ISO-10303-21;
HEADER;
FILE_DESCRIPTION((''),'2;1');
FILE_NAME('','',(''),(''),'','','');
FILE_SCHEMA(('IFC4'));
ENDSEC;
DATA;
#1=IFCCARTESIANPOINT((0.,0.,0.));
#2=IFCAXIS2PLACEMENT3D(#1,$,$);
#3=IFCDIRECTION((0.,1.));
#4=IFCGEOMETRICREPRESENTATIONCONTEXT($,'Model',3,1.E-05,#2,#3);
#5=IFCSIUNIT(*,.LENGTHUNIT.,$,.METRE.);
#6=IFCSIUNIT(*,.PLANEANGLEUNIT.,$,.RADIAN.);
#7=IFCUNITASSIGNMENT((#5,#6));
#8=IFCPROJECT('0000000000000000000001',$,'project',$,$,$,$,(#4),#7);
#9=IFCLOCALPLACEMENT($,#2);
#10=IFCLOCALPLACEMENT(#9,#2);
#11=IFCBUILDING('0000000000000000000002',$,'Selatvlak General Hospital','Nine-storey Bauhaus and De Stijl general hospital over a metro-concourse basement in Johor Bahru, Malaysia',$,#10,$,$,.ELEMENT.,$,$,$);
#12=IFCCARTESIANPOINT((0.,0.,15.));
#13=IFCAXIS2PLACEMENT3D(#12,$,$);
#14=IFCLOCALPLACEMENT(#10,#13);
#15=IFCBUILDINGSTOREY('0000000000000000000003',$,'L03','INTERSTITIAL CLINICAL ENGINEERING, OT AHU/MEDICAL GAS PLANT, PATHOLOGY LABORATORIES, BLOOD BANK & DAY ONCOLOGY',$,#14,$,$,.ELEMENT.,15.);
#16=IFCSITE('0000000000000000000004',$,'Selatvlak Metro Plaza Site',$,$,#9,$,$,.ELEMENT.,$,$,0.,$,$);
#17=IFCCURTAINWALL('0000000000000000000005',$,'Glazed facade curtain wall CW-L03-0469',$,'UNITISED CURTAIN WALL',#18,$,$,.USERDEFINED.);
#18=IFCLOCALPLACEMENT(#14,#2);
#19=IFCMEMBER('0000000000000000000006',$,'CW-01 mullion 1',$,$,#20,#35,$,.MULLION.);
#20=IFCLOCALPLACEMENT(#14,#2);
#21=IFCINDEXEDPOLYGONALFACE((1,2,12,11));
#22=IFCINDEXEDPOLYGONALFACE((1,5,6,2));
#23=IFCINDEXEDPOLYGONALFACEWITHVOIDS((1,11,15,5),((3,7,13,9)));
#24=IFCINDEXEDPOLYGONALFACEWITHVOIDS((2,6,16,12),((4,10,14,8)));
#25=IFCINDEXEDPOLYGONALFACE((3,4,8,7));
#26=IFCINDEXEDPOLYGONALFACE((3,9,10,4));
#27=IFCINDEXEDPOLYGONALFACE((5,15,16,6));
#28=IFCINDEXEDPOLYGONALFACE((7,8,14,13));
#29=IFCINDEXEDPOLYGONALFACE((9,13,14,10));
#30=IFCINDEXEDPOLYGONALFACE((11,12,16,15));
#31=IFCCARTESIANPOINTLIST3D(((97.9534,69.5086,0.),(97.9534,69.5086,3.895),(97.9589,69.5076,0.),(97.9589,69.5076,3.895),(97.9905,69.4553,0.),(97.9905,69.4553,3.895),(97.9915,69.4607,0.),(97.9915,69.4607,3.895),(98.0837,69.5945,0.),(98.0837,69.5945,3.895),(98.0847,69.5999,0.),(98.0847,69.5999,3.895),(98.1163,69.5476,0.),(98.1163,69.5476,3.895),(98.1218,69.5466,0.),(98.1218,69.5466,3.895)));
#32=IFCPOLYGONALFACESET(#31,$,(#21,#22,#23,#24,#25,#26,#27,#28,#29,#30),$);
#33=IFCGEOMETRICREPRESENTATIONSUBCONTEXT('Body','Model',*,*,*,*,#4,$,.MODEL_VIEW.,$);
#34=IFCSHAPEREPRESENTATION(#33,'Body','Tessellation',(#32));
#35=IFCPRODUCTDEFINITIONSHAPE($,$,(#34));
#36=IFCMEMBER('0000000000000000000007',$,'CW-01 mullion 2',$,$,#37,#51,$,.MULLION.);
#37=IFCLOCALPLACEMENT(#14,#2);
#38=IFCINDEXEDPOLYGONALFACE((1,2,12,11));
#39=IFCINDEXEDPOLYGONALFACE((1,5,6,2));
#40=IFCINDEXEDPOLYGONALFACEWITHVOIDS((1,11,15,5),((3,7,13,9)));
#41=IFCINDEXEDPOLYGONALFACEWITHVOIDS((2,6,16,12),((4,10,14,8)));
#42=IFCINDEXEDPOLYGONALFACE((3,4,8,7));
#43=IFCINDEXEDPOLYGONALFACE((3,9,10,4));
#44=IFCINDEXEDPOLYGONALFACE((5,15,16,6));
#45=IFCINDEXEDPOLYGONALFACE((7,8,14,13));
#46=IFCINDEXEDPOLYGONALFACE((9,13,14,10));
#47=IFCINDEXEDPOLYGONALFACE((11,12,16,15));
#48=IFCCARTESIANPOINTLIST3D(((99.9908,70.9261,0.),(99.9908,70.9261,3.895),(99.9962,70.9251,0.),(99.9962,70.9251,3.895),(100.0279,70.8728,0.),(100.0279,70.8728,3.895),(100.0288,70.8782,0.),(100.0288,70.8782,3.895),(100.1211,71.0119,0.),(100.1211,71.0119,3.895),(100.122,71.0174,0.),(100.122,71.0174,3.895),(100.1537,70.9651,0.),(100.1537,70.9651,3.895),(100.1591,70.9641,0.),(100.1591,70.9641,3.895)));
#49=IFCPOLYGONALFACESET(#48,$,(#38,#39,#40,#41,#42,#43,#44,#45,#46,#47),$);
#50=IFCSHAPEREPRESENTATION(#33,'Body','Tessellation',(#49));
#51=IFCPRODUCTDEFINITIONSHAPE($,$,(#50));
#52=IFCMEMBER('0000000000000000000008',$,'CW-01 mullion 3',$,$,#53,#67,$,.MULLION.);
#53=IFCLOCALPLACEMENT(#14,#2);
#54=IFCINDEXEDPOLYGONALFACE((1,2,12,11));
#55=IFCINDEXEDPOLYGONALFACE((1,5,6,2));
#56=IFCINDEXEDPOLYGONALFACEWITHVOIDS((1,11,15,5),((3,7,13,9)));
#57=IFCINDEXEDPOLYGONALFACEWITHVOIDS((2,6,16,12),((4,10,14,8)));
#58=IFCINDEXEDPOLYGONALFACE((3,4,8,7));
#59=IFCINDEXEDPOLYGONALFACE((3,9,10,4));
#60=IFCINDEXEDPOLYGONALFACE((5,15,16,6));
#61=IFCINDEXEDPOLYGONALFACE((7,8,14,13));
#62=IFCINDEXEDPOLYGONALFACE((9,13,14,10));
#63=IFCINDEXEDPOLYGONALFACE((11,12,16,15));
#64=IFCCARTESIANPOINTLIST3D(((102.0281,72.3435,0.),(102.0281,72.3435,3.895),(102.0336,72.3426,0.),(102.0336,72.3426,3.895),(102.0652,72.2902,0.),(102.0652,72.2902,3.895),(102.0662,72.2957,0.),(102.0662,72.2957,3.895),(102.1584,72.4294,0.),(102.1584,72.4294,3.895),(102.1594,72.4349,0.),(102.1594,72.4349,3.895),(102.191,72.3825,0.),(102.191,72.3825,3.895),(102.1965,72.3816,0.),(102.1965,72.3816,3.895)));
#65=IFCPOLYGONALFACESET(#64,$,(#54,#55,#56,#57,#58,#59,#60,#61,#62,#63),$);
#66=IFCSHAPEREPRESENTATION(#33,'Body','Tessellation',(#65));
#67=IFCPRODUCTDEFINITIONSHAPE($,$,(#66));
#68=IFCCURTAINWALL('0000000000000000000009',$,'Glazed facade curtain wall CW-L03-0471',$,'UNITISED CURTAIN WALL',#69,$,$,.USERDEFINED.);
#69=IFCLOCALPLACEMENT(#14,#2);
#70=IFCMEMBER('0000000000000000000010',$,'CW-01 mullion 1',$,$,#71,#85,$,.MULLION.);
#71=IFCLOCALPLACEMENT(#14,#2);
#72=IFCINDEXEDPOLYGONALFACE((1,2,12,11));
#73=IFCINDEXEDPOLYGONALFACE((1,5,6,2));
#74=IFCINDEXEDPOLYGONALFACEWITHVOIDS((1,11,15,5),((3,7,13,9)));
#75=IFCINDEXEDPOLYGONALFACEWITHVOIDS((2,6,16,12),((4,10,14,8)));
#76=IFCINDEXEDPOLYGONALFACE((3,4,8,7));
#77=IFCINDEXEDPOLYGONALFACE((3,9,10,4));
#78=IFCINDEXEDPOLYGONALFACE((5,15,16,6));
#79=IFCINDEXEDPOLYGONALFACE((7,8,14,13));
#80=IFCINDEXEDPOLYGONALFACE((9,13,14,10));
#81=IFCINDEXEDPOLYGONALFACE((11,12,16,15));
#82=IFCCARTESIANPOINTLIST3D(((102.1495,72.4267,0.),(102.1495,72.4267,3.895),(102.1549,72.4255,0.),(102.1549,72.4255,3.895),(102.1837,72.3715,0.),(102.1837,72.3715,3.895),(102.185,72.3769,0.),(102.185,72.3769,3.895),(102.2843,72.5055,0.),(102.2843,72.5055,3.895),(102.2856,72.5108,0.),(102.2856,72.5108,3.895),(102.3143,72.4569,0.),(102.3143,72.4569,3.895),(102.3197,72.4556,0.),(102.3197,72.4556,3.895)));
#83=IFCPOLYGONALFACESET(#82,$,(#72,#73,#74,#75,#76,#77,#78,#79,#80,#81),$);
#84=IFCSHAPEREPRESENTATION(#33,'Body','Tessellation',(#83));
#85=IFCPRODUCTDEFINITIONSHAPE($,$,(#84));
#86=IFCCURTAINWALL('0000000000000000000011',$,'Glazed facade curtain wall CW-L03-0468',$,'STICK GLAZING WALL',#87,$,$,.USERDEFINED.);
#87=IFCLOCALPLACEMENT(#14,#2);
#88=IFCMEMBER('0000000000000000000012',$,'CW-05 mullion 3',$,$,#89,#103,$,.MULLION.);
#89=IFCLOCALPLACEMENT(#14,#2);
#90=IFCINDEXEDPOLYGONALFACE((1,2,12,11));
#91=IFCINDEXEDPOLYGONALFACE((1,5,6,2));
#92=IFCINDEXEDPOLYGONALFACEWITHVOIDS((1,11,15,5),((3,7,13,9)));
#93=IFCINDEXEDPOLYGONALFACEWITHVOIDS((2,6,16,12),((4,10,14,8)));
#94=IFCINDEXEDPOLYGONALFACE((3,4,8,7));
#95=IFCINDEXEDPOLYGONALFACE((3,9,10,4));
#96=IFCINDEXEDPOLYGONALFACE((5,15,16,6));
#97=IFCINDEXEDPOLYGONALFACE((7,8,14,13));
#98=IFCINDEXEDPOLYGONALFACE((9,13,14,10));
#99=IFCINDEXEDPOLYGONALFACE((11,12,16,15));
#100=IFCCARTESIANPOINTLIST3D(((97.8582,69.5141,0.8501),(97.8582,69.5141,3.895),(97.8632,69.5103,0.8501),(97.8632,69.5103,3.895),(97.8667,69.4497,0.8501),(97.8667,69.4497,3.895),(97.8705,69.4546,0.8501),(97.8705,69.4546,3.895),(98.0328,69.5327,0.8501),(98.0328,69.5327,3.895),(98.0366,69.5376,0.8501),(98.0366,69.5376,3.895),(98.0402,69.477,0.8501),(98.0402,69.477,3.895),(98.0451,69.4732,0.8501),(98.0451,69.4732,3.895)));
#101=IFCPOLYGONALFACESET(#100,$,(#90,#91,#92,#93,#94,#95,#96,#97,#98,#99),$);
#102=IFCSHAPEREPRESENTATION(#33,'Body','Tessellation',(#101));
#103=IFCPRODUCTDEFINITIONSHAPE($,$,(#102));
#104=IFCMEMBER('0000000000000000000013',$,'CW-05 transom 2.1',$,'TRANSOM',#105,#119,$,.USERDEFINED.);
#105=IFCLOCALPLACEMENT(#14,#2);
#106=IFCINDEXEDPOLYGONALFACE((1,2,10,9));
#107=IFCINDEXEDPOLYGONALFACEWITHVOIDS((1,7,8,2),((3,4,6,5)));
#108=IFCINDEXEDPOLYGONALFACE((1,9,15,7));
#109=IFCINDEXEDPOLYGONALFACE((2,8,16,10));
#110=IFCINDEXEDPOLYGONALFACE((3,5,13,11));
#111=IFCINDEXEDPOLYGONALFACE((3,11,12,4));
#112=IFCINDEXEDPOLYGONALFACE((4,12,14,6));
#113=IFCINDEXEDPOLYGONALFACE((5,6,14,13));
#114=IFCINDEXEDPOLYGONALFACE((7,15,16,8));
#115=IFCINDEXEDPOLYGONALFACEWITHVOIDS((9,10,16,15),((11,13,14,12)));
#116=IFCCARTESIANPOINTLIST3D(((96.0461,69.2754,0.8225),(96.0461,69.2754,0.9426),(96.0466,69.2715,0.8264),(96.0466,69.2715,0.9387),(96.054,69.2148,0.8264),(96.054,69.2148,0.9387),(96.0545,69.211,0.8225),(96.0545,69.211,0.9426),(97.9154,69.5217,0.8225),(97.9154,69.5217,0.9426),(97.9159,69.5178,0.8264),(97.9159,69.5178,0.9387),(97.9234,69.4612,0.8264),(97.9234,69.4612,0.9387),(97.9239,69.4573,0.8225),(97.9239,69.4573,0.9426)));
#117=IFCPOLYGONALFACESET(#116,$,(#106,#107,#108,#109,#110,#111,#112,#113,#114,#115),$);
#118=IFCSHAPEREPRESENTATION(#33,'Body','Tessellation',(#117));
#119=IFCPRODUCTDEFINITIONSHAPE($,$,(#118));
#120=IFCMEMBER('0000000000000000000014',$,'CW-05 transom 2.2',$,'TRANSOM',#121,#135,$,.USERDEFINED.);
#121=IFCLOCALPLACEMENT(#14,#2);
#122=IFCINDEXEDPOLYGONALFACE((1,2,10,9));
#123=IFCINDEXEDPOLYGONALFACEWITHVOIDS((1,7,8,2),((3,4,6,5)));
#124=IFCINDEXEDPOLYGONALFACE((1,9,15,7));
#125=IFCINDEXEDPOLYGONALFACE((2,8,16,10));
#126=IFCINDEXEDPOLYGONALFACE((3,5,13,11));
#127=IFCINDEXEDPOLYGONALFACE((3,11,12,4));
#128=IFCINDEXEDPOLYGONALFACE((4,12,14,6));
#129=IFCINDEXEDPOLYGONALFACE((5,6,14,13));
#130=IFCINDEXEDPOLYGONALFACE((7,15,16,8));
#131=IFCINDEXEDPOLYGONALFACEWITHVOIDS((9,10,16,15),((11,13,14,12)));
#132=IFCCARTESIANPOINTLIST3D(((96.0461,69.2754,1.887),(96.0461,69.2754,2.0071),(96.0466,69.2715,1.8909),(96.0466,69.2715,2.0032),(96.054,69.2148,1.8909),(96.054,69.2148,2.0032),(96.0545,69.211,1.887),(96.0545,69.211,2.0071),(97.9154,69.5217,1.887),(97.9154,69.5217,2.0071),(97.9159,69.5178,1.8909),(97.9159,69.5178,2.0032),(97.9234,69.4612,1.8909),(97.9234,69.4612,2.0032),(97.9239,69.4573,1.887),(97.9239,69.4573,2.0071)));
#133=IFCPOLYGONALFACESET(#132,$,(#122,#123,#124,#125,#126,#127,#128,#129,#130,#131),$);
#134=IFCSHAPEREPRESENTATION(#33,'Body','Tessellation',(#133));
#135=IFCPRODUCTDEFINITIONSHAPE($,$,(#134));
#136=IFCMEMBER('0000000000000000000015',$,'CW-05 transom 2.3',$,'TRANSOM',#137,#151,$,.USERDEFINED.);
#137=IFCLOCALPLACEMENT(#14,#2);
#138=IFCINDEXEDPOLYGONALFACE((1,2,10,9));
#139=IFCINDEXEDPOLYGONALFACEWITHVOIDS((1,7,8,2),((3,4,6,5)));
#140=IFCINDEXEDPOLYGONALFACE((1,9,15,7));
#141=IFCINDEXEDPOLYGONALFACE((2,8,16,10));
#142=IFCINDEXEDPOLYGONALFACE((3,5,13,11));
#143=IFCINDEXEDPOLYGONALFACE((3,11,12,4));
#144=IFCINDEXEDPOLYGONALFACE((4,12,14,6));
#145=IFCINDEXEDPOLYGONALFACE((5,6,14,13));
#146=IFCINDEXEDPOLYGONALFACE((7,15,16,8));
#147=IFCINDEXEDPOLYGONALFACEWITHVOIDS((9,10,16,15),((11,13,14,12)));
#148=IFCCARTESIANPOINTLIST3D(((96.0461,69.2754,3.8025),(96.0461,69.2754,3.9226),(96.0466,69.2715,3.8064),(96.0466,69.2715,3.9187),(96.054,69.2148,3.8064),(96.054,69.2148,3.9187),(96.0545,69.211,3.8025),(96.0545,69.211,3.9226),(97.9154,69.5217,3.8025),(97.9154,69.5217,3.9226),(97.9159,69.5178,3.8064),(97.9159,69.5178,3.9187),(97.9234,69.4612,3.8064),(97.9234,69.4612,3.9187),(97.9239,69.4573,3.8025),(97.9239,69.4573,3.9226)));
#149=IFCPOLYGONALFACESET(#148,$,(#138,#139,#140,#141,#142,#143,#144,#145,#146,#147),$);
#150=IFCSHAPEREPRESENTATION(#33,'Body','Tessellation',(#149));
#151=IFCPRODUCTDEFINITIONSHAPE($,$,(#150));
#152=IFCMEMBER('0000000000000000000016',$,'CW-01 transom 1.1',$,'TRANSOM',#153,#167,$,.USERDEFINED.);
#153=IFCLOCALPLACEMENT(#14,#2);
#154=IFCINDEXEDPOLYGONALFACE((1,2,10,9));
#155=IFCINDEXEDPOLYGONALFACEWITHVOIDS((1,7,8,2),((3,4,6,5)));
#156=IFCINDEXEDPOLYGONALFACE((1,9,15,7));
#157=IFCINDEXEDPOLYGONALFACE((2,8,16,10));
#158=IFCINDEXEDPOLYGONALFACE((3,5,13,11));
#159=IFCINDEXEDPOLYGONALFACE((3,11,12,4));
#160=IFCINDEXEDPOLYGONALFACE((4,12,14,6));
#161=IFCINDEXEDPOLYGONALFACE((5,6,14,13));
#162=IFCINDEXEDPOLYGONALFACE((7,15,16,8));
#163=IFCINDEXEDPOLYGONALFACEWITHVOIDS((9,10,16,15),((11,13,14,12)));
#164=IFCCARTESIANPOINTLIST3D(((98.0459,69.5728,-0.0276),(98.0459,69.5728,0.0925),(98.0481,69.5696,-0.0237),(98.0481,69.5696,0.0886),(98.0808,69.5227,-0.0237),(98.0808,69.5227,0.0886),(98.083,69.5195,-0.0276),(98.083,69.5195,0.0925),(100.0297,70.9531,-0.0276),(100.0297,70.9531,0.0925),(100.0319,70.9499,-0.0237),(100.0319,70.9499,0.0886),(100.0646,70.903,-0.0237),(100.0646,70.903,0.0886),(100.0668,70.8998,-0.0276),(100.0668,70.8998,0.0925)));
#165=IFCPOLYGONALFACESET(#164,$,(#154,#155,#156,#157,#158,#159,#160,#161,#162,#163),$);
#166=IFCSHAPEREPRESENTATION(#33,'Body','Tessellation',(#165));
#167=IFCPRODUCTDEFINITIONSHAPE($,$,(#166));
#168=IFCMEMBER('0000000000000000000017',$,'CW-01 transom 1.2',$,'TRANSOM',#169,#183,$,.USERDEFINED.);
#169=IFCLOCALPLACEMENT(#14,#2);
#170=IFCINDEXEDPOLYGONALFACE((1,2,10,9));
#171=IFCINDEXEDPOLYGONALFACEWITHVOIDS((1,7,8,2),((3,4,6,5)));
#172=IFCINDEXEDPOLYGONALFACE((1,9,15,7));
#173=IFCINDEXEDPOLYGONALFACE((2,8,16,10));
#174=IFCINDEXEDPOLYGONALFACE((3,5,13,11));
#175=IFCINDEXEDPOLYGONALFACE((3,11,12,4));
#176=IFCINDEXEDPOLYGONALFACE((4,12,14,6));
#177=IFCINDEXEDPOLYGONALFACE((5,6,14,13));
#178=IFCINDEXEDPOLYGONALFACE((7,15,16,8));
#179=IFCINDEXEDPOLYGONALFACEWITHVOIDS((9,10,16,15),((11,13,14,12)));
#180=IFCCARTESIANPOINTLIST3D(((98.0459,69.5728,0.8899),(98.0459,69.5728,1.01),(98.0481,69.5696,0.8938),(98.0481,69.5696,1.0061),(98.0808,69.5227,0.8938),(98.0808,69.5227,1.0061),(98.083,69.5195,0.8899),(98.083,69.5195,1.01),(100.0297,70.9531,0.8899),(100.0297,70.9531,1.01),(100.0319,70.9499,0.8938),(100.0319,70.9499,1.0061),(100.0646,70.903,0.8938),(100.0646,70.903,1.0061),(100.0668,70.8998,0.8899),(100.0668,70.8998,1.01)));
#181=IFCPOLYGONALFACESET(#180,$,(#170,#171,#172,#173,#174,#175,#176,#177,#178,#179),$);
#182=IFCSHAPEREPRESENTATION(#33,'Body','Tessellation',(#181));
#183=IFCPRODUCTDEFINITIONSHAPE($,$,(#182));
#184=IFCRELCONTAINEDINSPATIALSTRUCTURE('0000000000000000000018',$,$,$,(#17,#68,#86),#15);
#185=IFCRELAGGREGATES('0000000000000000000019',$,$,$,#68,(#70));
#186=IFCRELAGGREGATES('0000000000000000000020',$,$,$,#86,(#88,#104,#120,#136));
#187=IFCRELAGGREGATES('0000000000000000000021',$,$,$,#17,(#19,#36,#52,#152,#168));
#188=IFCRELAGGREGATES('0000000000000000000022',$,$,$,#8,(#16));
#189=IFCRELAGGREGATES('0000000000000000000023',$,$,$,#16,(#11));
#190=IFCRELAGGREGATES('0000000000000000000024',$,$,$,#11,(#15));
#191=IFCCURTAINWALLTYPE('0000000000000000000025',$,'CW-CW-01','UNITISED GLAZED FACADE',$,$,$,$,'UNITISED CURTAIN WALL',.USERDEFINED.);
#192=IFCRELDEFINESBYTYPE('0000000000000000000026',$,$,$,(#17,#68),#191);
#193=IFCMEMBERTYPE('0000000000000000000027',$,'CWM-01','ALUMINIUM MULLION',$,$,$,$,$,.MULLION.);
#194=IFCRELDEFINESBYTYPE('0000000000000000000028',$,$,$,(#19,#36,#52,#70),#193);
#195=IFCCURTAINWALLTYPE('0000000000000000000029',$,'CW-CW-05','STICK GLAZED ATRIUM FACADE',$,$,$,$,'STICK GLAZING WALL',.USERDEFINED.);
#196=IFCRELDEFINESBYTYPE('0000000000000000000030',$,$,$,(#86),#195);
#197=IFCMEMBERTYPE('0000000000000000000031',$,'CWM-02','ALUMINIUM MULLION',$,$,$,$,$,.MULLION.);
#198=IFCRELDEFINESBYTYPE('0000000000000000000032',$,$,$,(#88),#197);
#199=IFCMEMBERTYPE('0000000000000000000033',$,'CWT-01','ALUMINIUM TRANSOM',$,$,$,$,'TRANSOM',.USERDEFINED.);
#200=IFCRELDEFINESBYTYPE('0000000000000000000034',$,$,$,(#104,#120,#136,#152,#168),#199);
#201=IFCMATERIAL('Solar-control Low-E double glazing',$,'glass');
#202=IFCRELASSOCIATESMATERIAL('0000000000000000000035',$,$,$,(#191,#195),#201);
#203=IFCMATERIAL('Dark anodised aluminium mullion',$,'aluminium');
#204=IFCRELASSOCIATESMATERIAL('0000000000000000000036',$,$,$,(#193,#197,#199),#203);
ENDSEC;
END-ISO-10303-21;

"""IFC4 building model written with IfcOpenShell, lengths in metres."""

from ifc_helpers import new_model, si_unit, direction, frame, origin, origin_2d, place, context, subcontext, project, spatial, hollow_rectangle, extrude, material, material_profile, profile_set, type_object, element, aggregate, save


model = new_model("IFC4")

# Units and contexts
model_context = context("Model", 3, precision=1e-05, world=origin(), true_north=direction((0.0, 1.0)))
body_context = subcontext(model_context, "Body", "Model", "MODEL_VIEW")
ifc_project = project(units=[si_unit("LENGTHUNIT", "METRE"), si_unit("PLANEANGLEUNIT", "RADIAN")], contexts=[model_context])

# Site, building, storey
site_placement = place(None, origin())
site = spatial("IfcSite", under=ifc_project, at=site_placement, Name="Selatvlak Metro Plaza Site", CompositionType="ELEMENT", RefElevation=0.0)
building_placement = place(site_placement, origin())
building = spatial("IfcBuilding", under=site, at=building_placement, Name="Selatvlak General Hospital", Description="Nine-storey Bauhaus and De Stijl general hospital over a metro-concourse basement in Johor Bahru, Malaysia", CompositionType="ELEMENT")
storey_placement = place(building_placement, frame((0.0, 0.0, 15.0)))
storey = spatial("IfcBuildingStorey", under=building, at=storey_placement, Name="L03", Description="INTERSTITIAL CLINICAL ENGINEERING, OT AHU/MEDICAL GAS PLANT, PATHOLOGY LABORATORIES, BLOOD BANK & DAY ONCOLOGY", CompositionType="ELEMENT", Elevation=15.0)

# Curtain wall, members
ifc_material_1 = material(Name="Solar-control Low-E double glazing", Category="glass")
curtain_wall_type_1 = type_object("IfcCurtainWallType", Name="CW-CW-01", Description="UNITISED GLAZED FACADE", ElementType="UNITISED CURTAIN WALL", PredefinedType="USERDEFINED", material=ifc_material_1)
curtain_wall_1_placement = place(storey_placement, origin())
curtain_wall_1 = element("IfcCurtainWall", 1, at=curtain_wall_1_placement, inside=storey, type_object=curtain_wall_type_1, Name="Glazed facade curtain wall CW-L03-0469", ObjectType="UNITISED CURTAIN WALL", PredefinedType="USERDEFINED")
ifc_material_2 = material(Name="Dark anodised aluminium mullion", Category="aluminium")
ifc_material_profile_1 = material_profile(ifc_material_2, hollow_rectangle(XDim=0.0649, YDim=0.1599, WallThickness=0.0039, at=origin_2d()), Name="AL-MUL 65x160x4")
ifc_profile_set_1 = profile_set([ifc_material_profile_1], Name="Dark anodised aluminium mullion")
member_type_1 = type_object("IfcMemberType", Name="CWM-01", Description="ALUMINIUM MULLION", PredefinedType="MULLION", material=ifc_profile_set_1)
member_1_placement = place(storey_placement, frame((98.0376, 69.5276, 0.0), z_axis=(0.0, 0.0, 1.0), x_axis=(-0.571111, 0.820873, 0.0)))
member_1 = element("IfcMember", 2, at=member_1_placement, type_object=member_type_1, Name="CW-01 mullion 1", PredefinedType="MULLION", context=body_context, shape_type="SweptSolid", body=[
    extrude(hollow_rectangle(XDim=0.0649, YDim=0.1599, WallThickness=0.0039, at=origin_2d()), origin(), (0.0, 0.0, 1.0), 3.895),
])
member_2_placement = place(storey_placement, frame((100.075, 70.9451, 0.0), z_axis=(0.0, 0.0, 1.0), x_axis=(-0.571111, 0.820873, 0.0)))
member_2 = element("IfcMember", 3, at=member_2_placement, type_object=member_type_1, Name="CW-01 mullion 2", PredefinedType="MULLION", context=body_context, shape_type="SweptSolid", body=[
    extrude(hollow_rectangle(XDim=0.0649, YDim=0.1599, WallThickness=0.0039, at=origin_2d()), origin(), (0.0, 0.0, 1.0), 3.895),
])
member_3_placement = place(storey_placement, frame((102.1123, 72.3625, 0.0), z_axis=(0.0, 0.0, 1.0), x_axis=(-0.571111, 0.820873, 0.0)))
member_3 = element("IfcMember", 4, at=member_3_placement, type_object=member_type_1, Name="CW-01 mullion 3", PredefinedType="MULLION", context=body_context, shape_type="SweptSolid", body=[
    extrude(hollow_rectangle(XDim=0.0649, YDim=0.1599, WallThickness=0.0039, at=origin_2d()), origin(), (0.0, 0.0, 1.0), 3.895),
])

# Curtain wall, member
curtain_wall_2_placement = place(storey_placement, origin())
curtain_wall_2 = element("IfcCurtainWall", 5, at=curtain_wall_2_placement, inside=storey, type_object=curtain_wall_type_1, Name="Glazed facade curtain wall CW-L03-0471", ObjectType="UNITISED CURTAIN WALL", PredefinedType="USERDEFINED")
member_4_placement = place(storey_placement, frame((102.2346, 72.4412, 0.0), z_axis=(0.0, 0.0, 1.0), x_axis=(-0.525872, 0.850564, 0.0)))
member_4 = element("IfcMember", 6, at=member_4_placement, type_object=member_type_1, Name="CW-01 mullion 1", PredefinedType="MULLION", context=body_context, shape_type="SweptSolid", body=[
    extrude(hollow_rectangle(XDim=0.0649, YDim=0.1599, WallThickness=0.0039, at=origin_2d()), origin(), (0.0, 0.0, 1.0), 3.895),
])

# Curtain wall, members
curtain_wall_type_2 = type_object("IfcCurtainWallType", Name="CW-CW-05", Description="STICK GLAZED ATRIUM FACADE", ElementType="STICK GLAZING WALL", PredefinedType="USERDEFINED", material=ifc_material_1)
curtain_wall_3_placement = place(storey_placement, origin())
curtain_wall_3 = element("IfcCurtainWall", 7, at=curtain_wall_3_placement, inside=storey, type_object=curtain_wall_type_2, Name="Glazed facade curtain wall CW-L03-0468", ObjectType="STICK GLAZING WALL", PredefinedType="USERDEFINED")
ifc_material_profile_2 = material_profile(ifc_material_2, hollow_rectangle(XDim=0.0649, YDim=0.1799, WallThickness=0.0044, at=origin_2d()), Name="AL-MUL 65x180x4.5")
ifc_profile_set_2 = profile_set([ifc_material_profile_2], Name="Dark anodised aluminium mullion")
member_type_2 = type_object("IfcMemberType", Name="CWM-02", Description="ALUMINIUM MULLION", PredefinedType="MULLION", material=ifc_profile_set_2)
member_5_placement = place(storey_placement, frame((97.9517, 69.4937, 0.8501), z_axis=(0.0, 0.0, 1.0), x_axis=(-0.130611, 0.991434, 0.0)))
member_5 = element("IfcMember", 8, at=member_5_placement, type_object=member_type_2, Name="CW-05 mullion 3", PredefinedType="MULLION", context=body_context, shape_type="SweptSolid", body=[
    extrude(hollow_rectangle(XDim=0.0649, YDim=0.1799, WallThickness=0.0044, at=origin_2d()), origin(), (0.0, 0.0, 1.0), 3.0449),
])
ifc_material_profile_3 = material_profile(ifc_material_2, hollow_rectangle(XDim=0.0649, YDim=0.1201, WallThickness=0.0039, at=origin_2d()), Name="AL-TRN 65x120x4")
ifc_profile_set_3 = profile_set([ifc_material_profile_3], Name="Dark anodised aluminium mullion")
member_type_3 = type_object("IfcMemberType", Name="CWT-01", Description="ALUMINIUM TRANSOM", ElementType="TRANSOM", PredefinedType="USERDEFINED", material=ifc_profile_set_3)
member_6_placement = place(storey_placement, frame((96.0503, 69.2432, 0.8826), z_axis=(0.991429, 0.130645, 0.0), x_axis=(-0.130645, 0.991429, 0.0)))
member_6 = element("IfcMember", 9, at=member_6_placement, type_object=member_type_3, Name="CW-05 transom 2.1", ObjectType="TRANSOM", PredefinedType="USERDEFINED", context=body_context, shape_type="SweptSolid", body=[
    extrude(hollow_rectangle(XDim=0.0649, YDim=0.1201, WallThickness=0.0039, at=origin_2d()), origin(), (0.0, 0.0, 1.0), 1.8855),
])
member_7_placement = place(storey_placement, frame((96.0503, 69.2432, 1.947), z_axis=(0.991429, 0.130645, 0.0), x_axis=(-0.130645, 0.991429, 0.0)))
member_7 = element("IfcMember", 10, at=member_7_placement, type_object=member_type_3, Name="CW-05 transom 2.2", ObjectType="TRANSOM", PredefinedType="USERDEFINED", context=body_context, shape_type="SweptSolid", body=[
    extrude(hollow_rectangle(XDim=0.0649, YDim=0.1201, WallThickness=0.0039, at=origin_2d()), origin(), (0.0, 0.0, 1.0), 1.8855),
])
member_8_placement = place(storey_placement, frame((96.0503, 69.2432, 3.8625), z_axis=(0.991429, 0.130645, 0.0), x_axis=(-0.130645, 0.991429, 0.0)))
member_8 = element("IfcMember", 11, at=member_8_placement, type_object=member_type_3, Name="CW-05 transom 2.3", ObjectType="TRANSOM", PredefinedType="USERDEFINED", context=body_context, shape_type="SweptSolid", body=[
    extrude(hollow_rectangle(XDim=0.0649, YDim=0.1201, WallThickness=0.0039, at=origin_2d()), origin(), (0.0, 0.0, 1.0), 1.8855),
])

# Members
member_9_placement = place(storey_placement, frame((98.0645, 69.5461, 0.0325), z_axis=(0.820852, 0.571141, 0.0), x_axis=(-0.571141, 0.820852, 0.0)))
member_9 = element("IfcMember", 12, at=member_9_placement, type_object=member_type_3, Name="CW-01 transom 1.1", ObjectType="TRANSOM", PredefinedType="USERDEFINED", context=body_context, shape_type="SweptSolid", body=[
    extrude(hollow_rectangle(XDim=0.0649, YDim=0.1201, WallThickness=0.0039, at=origin_2d()), origin(), (0.0, 0.0, 1.0), 2.4167),
])
member_10_placement = place(storey_placement, frame((98.0645, 69.5461, 0.95), z_axis=(0.820852, 0.571141, 0.0), x_axis=(-0.571141, 0.820852, 0.0)))
member_10 = element("IfcMember", 13, at=member_10_placement, type_object=member_type_3, Name="CW-01 transom 1.2", ObjectType="TRANSOM", PredefinedType="USERDEFINED", context=body_context, shape_type="SweptSolid", body=[
    extrude(hollow_rectangle(XDim=0.0649, YDim=0.1201, WallThickness=0.0039, at=origin_2d()), origin(), (0.0, 0.0, 1.0), 2.4167),
])
aggregate(curtain_wall_2, [member_4])

aggregate(curtain_wall_3, [member_5, member_6, member_7, member_8])
aggregate(curtain_wall_1, [member_1, member_2, member_3, member_9, member_10])

save(model, "model.ifc")
